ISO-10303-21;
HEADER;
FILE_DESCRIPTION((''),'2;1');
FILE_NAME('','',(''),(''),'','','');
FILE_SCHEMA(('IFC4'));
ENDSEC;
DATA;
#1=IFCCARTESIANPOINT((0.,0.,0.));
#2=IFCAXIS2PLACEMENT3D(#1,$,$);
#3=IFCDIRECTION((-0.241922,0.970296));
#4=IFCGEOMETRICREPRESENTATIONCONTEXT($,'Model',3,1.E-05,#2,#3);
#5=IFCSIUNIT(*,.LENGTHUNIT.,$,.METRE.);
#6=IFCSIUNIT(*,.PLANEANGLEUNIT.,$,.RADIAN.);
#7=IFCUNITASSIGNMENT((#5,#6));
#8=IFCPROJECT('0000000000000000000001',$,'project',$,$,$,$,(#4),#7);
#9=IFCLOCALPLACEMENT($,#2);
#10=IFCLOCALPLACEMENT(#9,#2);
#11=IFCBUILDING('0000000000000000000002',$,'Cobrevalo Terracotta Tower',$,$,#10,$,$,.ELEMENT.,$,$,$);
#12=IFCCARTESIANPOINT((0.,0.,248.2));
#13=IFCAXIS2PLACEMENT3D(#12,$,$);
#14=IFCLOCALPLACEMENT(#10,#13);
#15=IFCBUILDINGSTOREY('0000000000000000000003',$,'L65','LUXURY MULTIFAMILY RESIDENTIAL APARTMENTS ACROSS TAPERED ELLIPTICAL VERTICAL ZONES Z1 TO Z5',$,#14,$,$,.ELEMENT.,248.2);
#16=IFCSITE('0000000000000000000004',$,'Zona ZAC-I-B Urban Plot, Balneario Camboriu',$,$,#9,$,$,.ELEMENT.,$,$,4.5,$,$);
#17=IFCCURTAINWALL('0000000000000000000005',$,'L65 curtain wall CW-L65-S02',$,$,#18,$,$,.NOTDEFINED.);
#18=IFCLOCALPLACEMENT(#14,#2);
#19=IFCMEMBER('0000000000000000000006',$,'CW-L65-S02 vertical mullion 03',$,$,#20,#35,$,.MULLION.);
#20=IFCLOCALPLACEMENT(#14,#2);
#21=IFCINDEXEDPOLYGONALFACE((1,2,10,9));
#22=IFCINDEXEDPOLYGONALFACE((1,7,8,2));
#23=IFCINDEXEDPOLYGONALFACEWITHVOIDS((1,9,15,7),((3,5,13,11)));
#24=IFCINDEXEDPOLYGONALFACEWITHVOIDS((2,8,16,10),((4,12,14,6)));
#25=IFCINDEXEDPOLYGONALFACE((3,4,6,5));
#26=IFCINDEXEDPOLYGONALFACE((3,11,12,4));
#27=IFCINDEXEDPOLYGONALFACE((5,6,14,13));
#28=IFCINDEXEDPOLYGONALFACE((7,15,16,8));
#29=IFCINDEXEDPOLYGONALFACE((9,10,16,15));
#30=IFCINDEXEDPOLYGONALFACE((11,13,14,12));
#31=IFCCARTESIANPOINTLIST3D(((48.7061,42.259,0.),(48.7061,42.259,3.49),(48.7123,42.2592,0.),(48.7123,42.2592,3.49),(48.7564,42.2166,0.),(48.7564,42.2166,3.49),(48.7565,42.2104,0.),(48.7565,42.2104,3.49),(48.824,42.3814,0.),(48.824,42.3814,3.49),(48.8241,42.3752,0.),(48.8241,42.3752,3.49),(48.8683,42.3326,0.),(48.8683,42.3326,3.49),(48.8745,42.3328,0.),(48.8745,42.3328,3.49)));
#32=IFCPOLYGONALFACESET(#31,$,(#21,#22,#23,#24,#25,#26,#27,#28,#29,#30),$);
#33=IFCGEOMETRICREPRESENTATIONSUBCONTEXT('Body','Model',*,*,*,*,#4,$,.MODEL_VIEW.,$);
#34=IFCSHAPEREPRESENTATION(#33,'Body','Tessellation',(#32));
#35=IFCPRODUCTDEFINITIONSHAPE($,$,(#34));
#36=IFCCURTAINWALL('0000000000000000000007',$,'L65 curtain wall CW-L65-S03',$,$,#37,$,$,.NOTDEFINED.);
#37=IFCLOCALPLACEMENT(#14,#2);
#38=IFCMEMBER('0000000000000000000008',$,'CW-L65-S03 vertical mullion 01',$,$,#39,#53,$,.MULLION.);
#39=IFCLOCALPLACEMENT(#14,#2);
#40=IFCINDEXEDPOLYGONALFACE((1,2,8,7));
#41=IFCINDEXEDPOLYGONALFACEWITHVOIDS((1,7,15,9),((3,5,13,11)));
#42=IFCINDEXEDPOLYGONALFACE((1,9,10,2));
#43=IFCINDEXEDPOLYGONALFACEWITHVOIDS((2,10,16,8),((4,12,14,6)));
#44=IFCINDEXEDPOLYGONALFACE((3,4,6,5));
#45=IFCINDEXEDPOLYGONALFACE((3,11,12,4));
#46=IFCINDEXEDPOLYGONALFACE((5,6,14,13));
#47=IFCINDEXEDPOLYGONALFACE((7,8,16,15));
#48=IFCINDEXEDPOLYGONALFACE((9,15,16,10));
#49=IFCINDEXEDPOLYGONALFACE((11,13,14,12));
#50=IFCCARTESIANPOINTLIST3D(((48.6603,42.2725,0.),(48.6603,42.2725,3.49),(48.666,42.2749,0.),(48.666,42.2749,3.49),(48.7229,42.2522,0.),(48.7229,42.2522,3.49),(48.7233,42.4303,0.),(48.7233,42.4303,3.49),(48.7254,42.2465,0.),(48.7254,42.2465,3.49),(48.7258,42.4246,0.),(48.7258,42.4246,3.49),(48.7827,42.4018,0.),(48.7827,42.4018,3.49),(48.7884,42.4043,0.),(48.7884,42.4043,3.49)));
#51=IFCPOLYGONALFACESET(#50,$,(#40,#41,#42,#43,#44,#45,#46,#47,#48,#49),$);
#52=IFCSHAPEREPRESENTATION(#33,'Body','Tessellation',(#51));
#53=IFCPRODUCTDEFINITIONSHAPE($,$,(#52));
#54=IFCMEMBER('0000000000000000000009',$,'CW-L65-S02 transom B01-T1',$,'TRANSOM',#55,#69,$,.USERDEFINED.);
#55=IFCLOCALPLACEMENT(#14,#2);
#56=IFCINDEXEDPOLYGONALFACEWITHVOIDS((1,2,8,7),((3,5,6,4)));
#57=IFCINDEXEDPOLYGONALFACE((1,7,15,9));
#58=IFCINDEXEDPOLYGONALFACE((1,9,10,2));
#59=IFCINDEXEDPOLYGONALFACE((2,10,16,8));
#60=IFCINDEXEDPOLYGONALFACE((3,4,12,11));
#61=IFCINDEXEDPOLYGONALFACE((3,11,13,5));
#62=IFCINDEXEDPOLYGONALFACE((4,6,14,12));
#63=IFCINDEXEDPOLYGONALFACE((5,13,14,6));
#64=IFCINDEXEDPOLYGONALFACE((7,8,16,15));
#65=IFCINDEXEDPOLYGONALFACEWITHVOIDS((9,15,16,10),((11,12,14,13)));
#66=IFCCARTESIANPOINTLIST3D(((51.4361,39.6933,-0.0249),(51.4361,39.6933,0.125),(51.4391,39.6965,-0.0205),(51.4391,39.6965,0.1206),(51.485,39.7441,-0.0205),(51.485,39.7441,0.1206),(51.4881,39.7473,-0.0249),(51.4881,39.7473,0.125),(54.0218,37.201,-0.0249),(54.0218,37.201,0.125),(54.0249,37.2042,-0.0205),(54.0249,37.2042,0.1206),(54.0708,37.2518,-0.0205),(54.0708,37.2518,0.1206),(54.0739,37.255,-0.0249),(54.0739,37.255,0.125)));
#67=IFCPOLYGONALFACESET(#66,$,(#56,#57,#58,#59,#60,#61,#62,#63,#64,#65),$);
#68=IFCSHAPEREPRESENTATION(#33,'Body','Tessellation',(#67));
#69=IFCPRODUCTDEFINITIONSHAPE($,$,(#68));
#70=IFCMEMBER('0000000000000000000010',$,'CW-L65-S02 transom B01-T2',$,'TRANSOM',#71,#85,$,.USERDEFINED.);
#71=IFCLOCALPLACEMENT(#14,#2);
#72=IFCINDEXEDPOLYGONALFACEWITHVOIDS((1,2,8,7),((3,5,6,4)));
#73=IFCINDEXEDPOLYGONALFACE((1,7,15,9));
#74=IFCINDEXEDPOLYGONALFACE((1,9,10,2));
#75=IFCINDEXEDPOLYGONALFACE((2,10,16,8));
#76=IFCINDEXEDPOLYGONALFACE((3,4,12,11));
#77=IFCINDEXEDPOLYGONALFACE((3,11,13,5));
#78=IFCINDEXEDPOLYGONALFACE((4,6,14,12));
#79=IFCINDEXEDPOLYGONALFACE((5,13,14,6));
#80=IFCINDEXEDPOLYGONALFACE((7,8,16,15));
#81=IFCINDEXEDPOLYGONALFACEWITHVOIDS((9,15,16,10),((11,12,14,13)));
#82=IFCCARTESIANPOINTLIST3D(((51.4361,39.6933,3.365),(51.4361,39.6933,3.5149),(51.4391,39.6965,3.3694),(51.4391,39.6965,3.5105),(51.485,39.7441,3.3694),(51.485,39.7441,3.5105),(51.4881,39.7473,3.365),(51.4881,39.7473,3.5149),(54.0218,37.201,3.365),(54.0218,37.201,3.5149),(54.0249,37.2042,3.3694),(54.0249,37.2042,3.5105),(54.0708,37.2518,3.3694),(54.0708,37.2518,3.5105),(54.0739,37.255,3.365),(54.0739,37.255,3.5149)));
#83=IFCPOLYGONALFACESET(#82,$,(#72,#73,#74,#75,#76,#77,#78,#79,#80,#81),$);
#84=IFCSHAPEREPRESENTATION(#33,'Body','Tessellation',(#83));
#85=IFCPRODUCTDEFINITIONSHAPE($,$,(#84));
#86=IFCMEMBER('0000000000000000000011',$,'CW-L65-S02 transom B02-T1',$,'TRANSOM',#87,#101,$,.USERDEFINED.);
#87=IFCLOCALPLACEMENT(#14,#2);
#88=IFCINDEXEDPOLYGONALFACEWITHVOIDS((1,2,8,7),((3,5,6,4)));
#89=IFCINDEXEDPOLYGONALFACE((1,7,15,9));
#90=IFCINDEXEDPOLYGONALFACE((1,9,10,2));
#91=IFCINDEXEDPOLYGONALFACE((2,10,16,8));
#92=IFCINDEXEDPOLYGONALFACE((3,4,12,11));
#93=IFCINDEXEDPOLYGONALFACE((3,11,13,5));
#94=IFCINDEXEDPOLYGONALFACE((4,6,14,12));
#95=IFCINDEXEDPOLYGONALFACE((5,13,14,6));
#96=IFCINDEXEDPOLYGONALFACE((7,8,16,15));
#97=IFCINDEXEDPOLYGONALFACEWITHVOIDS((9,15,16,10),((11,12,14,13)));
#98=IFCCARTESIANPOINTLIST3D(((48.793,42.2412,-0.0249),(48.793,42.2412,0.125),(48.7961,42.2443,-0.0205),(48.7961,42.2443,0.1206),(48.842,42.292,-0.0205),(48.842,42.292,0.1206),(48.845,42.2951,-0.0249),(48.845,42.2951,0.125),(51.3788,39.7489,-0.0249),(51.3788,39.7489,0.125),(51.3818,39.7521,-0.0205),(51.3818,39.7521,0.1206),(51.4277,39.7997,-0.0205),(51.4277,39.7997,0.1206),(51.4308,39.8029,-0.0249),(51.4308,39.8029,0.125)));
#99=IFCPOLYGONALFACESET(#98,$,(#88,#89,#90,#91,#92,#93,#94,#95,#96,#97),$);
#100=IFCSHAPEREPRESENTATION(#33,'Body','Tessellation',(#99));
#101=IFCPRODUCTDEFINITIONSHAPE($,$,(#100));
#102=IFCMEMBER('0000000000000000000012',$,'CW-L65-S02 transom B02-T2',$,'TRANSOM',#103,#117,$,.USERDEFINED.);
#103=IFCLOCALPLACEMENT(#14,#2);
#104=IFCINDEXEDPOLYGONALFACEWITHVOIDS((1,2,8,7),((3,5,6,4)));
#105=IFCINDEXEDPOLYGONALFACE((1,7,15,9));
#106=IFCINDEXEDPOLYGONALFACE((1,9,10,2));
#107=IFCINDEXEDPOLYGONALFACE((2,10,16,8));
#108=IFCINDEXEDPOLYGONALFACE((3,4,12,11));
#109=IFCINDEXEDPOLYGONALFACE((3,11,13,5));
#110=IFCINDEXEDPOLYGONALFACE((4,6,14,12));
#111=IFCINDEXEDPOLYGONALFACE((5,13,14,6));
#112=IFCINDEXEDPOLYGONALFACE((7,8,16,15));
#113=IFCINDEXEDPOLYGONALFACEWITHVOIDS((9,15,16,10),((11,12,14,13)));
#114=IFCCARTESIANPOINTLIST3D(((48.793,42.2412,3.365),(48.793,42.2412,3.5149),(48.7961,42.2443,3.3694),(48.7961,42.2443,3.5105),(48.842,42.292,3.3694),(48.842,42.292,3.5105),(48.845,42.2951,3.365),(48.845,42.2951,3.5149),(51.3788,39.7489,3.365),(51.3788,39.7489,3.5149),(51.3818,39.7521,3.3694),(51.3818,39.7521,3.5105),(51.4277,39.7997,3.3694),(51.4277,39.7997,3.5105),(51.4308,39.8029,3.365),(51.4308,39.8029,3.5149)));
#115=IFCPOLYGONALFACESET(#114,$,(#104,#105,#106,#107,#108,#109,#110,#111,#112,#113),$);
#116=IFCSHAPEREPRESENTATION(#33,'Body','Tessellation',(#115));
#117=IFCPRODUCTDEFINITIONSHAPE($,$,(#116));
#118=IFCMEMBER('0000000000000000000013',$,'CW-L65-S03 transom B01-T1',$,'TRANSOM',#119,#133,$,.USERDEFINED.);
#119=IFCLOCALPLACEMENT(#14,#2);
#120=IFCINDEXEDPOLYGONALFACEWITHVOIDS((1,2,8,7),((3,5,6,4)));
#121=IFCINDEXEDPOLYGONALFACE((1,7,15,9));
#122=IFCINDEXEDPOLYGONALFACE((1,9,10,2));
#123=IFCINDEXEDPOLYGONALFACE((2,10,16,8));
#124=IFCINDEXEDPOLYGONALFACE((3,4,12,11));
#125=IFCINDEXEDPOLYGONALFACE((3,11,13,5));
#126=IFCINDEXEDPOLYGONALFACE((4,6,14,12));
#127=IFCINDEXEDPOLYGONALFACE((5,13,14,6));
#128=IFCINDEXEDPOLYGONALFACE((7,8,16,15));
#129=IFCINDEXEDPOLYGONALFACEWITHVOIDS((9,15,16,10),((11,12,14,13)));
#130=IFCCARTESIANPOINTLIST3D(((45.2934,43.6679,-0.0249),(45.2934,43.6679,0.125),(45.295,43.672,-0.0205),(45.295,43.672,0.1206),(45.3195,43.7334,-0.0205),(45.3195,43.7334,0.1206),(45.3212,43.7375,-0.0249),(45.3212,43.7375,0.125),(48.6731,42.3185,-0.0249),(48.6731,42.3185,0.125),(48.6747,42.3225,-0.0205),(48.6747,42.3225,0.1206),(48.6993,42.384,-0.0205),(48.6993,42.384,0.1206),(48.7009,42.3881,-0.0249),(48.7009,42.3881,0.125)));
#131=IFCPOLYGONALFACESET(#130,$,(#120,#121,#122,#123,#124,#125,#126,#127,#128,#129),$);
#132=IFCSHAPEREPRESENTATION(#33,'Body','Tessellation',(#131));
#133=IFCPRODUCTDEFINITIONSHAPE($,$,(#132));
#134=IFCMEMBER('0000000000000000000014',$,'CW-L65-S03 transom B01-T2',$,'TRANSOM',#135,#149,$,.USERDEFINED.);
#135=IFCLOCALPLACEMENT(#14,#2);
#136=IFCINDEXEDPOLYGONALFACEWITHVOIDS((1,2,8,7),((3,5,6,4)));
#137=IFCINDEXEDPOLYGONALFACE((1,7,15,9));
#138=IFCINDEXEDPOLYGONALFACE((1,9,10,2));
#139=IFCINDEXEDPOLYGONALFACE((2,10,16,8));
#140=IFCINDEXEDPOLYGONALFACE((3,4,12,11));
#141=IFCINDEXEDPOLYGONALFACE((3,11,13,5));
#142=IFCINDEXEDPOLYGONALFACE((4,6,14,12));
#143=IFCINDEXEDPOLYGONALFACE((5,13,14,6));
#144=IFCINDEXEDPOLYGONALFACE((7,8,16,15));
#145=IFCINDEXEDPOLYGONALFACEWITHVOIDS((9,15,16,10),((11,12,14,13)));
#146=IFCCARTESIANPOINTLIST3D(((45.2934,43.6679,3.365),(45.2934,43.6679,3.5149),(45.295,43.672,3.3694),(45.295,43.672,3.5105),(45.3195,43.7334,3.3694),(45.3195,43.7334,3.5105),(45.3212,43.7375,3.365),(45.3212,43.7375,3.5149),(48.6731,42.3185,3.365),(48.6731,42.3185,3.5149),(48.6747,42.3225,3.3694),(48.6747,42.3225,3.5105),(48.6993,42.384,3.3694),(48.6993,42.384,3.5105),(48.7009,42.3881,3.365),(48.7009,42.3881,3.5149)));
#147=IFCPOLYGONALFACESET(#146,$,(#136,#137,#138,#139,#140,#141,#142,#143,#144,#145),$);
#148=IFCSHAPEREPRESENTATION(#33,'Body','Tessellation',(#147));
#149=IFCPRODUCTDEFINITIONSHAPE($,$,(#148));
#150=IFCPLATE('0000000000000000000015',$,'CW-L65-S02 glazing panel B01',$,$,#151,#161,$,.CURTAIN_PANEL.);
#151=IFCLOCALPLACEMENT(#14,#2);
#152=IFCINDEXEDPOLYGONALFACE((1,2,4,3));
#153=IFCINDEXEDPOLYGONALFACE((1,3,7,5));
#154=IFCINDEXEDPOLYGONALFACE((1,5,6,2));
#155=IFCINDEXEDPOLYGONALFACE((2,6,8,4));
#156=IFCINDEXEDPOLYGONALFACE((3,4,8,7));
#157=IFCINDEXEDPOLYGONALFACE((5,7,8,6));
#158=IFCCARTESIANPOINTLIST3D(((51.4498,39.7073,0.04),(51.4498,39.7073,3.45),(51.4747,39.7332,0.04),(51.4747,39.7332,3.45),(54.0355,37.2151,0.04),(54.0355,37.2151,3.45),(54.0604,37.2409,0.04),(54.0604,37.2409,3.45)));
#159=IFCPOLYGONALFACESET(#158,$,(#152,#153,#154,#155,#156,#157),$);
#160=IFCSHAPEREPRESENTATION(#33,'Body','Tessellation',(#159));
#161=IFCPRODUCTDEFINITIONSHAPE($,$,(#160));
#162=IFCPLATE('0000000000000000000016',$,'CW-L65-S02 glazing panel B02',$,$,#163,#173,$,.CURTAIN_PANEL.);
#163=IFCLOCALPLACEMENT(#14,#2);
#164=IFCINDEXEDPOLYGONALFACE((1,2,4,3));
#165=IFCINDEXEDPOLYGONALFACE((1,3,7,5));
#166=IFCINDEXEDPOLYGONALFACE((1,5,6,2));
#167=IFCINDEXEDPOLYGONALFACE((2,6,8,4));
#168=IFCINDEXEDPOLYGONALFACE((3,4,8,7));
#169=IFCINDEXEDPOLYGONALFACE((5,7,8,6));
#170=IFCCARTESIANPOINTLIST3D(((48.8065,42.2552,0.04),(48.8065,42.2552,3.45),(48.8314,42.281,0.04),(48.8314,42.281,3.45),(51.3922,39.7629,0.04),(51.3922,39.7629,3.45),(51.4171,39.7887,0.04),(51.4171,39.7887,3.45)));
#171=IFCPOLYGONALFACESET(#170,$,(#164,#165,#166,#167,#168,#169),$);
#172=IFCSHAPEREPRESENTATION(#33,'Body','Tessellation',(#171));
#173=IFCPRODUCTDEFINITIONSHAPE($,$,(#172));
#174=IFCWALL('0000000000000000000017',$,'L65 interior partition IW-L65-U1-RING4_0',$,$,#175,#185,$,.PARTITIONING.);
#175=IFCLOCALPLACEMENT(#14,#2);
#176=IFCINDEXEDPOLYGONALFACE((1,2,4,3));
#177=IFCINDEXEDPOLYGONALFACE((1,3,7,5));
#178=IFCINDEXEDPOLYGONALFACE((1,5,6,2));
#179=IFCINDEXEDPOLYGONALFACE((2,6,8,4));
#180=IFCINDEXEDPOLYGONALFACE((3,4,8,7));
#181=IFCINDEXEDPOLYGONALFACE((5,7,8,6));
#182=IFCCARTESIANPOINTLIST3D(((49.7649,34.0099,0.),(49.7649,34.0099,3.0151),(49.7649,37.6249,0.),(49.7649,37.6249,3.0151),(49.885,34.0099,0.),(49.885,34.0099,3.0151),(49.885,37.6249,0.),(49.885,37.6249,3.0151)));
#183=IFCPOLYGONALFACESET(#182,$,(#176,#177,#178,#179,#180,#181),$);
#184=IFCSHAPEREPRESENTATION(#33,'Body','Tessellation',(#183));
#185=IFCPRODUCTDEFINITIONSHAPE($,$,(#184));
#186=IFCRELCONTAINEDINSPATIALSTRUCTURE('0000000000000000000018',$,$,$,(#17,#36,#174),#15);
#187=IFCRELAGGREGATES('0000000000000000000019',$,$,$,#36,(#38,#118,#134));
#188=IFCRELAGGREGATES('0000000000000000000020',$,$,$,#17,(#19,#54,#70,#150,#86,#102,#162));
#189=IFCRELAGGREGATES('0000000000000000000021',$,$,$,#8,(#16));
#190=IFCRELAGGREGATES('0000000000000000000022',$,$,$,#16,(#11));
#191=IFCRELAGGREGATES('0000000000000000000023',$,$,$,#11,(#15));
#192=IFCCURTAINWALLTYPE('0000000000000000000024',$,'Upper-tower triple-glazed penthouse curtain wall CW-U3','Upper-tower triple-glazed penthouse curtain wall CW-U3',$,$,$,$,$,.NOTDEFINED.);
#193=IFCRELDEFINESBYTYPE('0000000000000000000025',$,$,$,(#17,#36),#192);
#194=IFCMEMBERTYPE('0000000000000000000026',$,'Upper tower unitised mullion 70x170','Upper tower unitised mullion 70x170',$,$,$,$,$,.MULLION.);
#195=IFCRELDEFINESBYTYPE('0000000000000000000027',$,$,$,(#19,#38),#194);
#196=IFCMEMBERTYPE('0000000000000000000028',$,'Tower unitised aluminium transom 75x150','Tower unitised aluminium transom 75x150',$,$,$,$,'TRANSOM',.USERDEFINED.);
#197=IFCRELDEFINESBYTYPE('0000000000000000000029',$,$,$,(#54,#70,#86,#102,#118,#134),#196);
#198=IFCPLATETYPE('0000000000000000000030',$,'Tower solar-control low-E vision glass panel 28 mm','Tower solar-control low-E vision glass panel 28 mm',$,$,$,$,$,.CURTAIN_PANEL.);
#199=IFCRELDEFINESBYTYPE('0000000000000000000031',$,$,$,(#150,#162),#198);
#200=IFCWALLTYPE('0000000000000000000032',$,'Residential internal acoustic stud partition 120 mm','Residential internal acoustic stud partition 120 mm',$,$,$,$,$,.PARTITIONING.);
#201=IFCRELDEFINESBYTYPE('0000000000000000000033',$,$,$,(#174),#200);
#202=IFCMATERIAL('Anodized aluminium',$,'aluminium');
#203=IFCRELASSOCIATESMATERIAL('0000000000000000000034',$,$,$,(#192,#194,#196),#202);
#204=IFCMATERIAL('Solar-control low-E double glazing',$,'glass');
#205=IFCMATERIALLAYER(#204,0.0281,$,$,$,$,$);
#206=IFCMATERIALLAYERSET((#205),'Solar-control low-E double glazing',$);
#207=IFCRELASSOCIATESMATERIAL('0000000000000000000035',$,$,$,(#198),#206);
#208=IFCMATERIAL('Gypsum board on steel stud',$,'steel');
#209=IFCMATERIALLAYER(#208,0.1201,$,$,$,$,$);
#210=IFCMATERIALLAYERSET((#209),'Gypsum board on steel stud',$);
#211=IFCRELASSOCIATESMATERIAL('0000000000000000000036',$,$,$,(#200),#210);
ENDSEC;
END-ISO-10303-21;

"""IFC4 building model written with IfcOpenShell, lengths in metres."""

from ifc_helpers import new_model, si_unit, direction, frame, frame_2d, origin, origin_2d, place, context, subcontext, project, spatial, rectangle, hollow_rectangle, extrude, source, transform, mapped, material, layer, layer_set, material_profile, profile_set, type_object, element, aggregate, save


model = new_model("IFC4")

# Units and contexts
model_context = context("Model", 3, precision=1e-05, world=origin(), true_north=direction((-0.241922, 0.970296)))
body_context = subcontext(model_context, "Body", "Model", "MODEL_VIEW")
ifc_project = project(units=[si_unit("LENGTHUNIT", "METRE"), si_unit("PLANEANGLEUNIT", "RADIAN")], contexts=[model_context])

# Site, building, storey
site_placement = place(None, origin())
site = spatial("IfcSite", under=ifc_project, at=site_placement, Name="Zona ZAC-I-B Urban Plot, Balneario Camboriu", CompositionType="ELEMENT", RefElevation=4.5)
building_placement = place(site_placement, origin())
building = spatial("IfcBuilding", under=site, at=building_placement, Name="Cobrevalo Terracotta Tower", CompositionType="ELEMENT")
storey_placement = place(building_placement, frame((0.0, 0.0, 248.2)))
storey = spatial("IfcBuildingStorey", under=building, at=storey_placement, Name="L65", Description="LUXURY MULTIFAMILY RESIDENTIAL APARTMENTS ACROSS TAPERED ELLIPTICAL VERTICAL ZONES Z1 TO Z5", CompositionType="ELEMENT", Elevation=248.2)

# Curtain wall, member
ifc_material_1 = material(Name="Anodized aluminium", Category="aluminium")
curtain_wall_type = type_object("IfcCurtainWallType", Name="Upper-tower triple-glazed penthouse curtain wall CW-U3", Description="Upper-tower triple-glazed penthouse curtain wall CW-U3", PredefinedType="NOTDEFINED", material=ifc_material_1)
curtain_wall_1_placement = place(storey_placement, origin())
curtain_wall_1 = element("IfcCurtainWall", 1, at=curtain_wall_1_placement, inside=storey, type_object=curtain_wall_type, Name="L65 curtain wall CW-L65-S02", PredefinedType="NOTDEFINED")
ifc_material_profile_1 = material_profile(ifc_material_1, hollow_rectangle(XDim=0.0701, YDim=0.1699, WallThickness=0.0044, at=origin_2d()), Name="CWM 70x170")
ifc_profile_set_1 = profile_set([ifc_material_profile_1], Name="Anodized aluminium")
member_type_1 = type_object("IfcMemberType", Name="Upper tower unitised mullion 70x170", Description="Upper tower unitised mullion 70x170", PredefinedType="MULLION", material=ifc_profile_set_1)
shared_shape_1 = source(origin(), body_context, "Body", "SweptSolid", [
    extrude(hollow_rectangle(XDim=0.0701, YDim=0.1699, WallThickness=0.0044, at=origin_2d()), origin(), (0.0, 0.0, 1.0), 3.49),
])
member_1_placement = place(storey_placement, frame((48.7903, 42.2959, 0.0), z_axis=(0.0, 0.0, 1.0), x_axis=(-0.719994, 0.69398, 0.0)))
member_1 = element("IfcMember", 2, at=member_1_placement, type_object=member_type_1, Name="CW-L65-S02 vertical mullion 03", PredefinedType="MULLION", context=body_context, shape_type="MappedRepresentation", body=[
    mapped(shared_shape_1, transform((0.0, 0.0, 0.0), scale=1.0)),
])

# Curtain wall, member
curtain_wall_2_placement = place(storey_placement, origin())
curtain_wall_2 = element("IfcCurtainWall", 3, at=curtain_wall_2_placement, inside=storey, type_object=curtain_wall_type, Name="L65 curtain wall CW-L65-S03", PredefinedType="NOTDEFINED")
member_2_placement = place(storey_placement, frame((48.7244, 42.3384, 0.0), z_axis=(0.0, 0.0, 1.0), x_axis=(-0.928719, 0.370784, 0.0)))
member_2 = element("IfcMember", 4, at=member_2_placement, type_object=member_type_1, Name="CW-L65-S03 vertical mullion 01", PredefinedType="MULLION", context=body_context, shape_type="MappedRepresentation", body=[
    mapped(shared_shape_1, transform((0.0, 0.0, 0.0), scale=1.0)),
])

# Members
ifc_material_profile_2 = material_profile(ifc_material_1, hollow_rectangle(XDim=0.075, YDim=0.1499, WallThickness=0.0044, at=origin_2d()), Name="CWT 75x150")
ifc_profile_set_2 = profile_set([ifc_material_profile_2], Name="Anodized aluminium")
member_type_2 = type_object("IfcMemberType", Name="Tower unitised aluminium transom 75x150", Description="Tower unitised aluminium transom 75x150", ElementType="TRANSOM", PredefinedType="USERDEFINED", material=ifc_profile_set_2)
shared_shape_2 = source(origin(), body_context, "Body", "SweptSolid", [
    extrude(hollow_rectangle(XDim=0.075, YDim=0.1499, WallThickness=0.0044, at=origin_2d()), origin(), (0.0, 0.0, 1.0), 3.5913),
])
member_3_placement = place(storey_placement, frame((54.0479, 37.228, 0.05), z_axis=(-0.720006, 0.693968, 0.0), x_axis=(-0.693968, -0.720006, 0.0)))
member_3 = element("IfcMember", 5, at=member_3_placement, type_object=member_type_2, Name="CW-L65-S02 transom B01-T1", ObjectType="TRANSOM", PredefinedType="USERDEFINED", context=body_context, shape_type="MappedRepresentation", body=[
    mapped(shared_shape_2, transform((0.0, 0.0, 0.0), scale=1.0)),
])
member_4_placement = place(storey_placement, frame((54.0479, 37.228, 3.4399), z_axis=(-0.720006, 0.693968, 0.0), x_axis=(-0.693968, -0.720006, 0.0)))
member_4 = element("IfcMember", 6, at=member_4_placement, type_object=member_type_2, Name="CW-L65-S02 transom B01-T2", ObjectType="TRANSOM", PredefinedType="USERDEFINED", context=body_context, shape_type="MappedRepresentation", body=[
    mapped(shared_shape_2, transform((0.0, 0.0, 0.0), scale=1.0)),
])
member_5_placement = place(storey_placement, frame((51.4048, 39.7759, 0.05), z_axis=(-0.720006, 0.693968, 0.0), x_axis=(-0.693968, -0.720006, 0.0)))
member_5 = element("IfcMember", 7, at=member_5_placement, type_object=member_type_2, Name="CW-L65-S02 transom B02-T1", ObjectType="TRANSOM", PredefinedType="USERDEFINED", context=body_context, shape_type="MappedRepresentation", body=[
    mapped(shared_shape_2, transform((0.0, 0.0, 0.0), scale=1.0)),
])
member_6_placement = place(storey_placement, frame((51.4048, 39.7759, 3.4399), z_axis=(-0.720006, 0.693968, 0.0), x_axis=(-0.693968, -0.720006, 0.0)))
member_6 = element("IfcMember", 8, at=member_6_placement, type_object=member_type_2, Name="CW-L65-S02 transom B02-T2", ObjectType="TRANSOM", PredefinedType="USERDEFINED", context=body_context, shape_type="MappedRepresentation", body=[
    mapped(shared_shape_2, transform((0.0, 0.0, 0.0), scale=1.0)),
])
shared_shape_3 = source(origin(), body_context, "Body", "SweptSolid", [
    extrude(hollow_rectangle(XDim=0.075, YDim=0.1499, WallThickness=0.0044, at=origin_2d()), origin(), (0.0, 0.0, 1.0), 3.6392),
])
member_7_placement = place(storey_placement, frame((48.687, 42.3533, 0.05), z_axis=(-0.928712, 0.370801, 0.0), x_axis=(-0.370801, -0.928712, 0.0)))
member_7 = element("IfcMember", 9, at=member_7_placement, type_object=member_type_2, Name="CW-L65-S03 transom B01-T1", ObjectType="TRANSOM", PredefinedType="USERDEFINED", context=body_context, shape_type="MappedRepresentation", body=[
    mapped(shared_shape_3, transform((0.0, 0.0, 0.0), scale=1.0)),
])
member_8_placement = place(storey_placement, frame((48.687, 42.3533, 3.4399), z_axis=(-0.928712, 0.370801, 0.0), x_axis=(-0.370801, -0.928712, 0.0)))
member_8 = element("IfcMember", 10, at=member_8_placement, type_object=member_type_2, Name="CW-L65-S03 transom B01-T2", ObjectType="TRANSOM", PredefinedType="USERDEFINED", context=body_context, shape_type="MappedRepresentation", body=[
    mapped(shared_shape_3, transform((0.0, 0.0, 0.0), scale=1.0)),
])
aggregate(curtain_wall_2, [member_2, member_7, member_8])

# Plates
ifc_material_2 = material(Name="Solar-control low-E double glazing", Category="glass")
ifc_layer_1 = layer(ifc_material_2, 0.0281)
ifc_layer_set_1 = layer_set([ifc_layer_1], Name="Solar-control low-E double glazing")
plate_type = type_object("IfcPlateType", Name="Tower solar-control low-E vision glass panel 28 mm", Description="Tower solar-control low-E vision glass panel 28 mm", PredefinedType="CURTAIN_PANEL", material=ifc_layer_set_1)
shared_shape_4 = source(origin(), body_context, "Body", "SweptSolid", [
    extrude(rectangle(XDim=3.5913, YDim=0.0359, at=origin_2d()), origin(), (0.0, 0.0, 1.0), 3.4099),
])
plate_1_placement = place(storey_placement, frame((52.7551, 38.4741, 0.04), z_axis=(0.0, 0.0, 1.0), x_axis=(-0.719997, 0.693978, 0.0)))
plate_1 = element("IfcPlate", 11, at=plate_1_placement, type_object=plate_type, Name="CW-L65-S02 glazing panel B01", PredefinedType="CURTAIN_PANEL", context=body_context, shape_type="MappedRepresentation", body=[
    mapped(shared_shape_4, transform((0.0, 0.0, 0.0), scale=1.0)),
])
plate_2_placement = place(storey_placement, frame((50.1118, 41.022, 0.04), z_axis=(0.0, 0.0, 1.0), x_axis=(-0.719997, 0.693978, 0.0)))
plate_2 = element("IfcPlate", 12, at=plate_2_placement, type_object=plate_type, Name="CW-L65-S02 glazing panel B02", PredefinedType="CURTAIN_PANEL", context=body_context, shape_type="MappedRepresentation", body=[
    mapped(shared_shape_4, transform((0.0, 0.0, 0.0), scale=1.0)),
])
aggregate(curtain_wall_1, [member_1, member_3, member_4, plate_1, member_5, member_6, plate_2])

# Wall
ifc_material_3 = material(Name="Gypsum board on steel stud", Category="steel")
ifc_layer_2 = layer(ifc_material_3, 0.1201)
ifc_layer_set_2 = layer_set([ifc_layer_2], Name="Gypsum board on steel stud")
wall_type = type_object("IfcWallType", Name="Residential internal acoustic stud partition 120 mm", Description="Residential internal acoustic stud partition 120 mm", PredefinedType="PARTITIONING", material=ifc_layer_set_2)
wall_1_placement = place(storey_placement, frame((49.825, 37.625, 0.0), z_axis=(0.0, 0.0, 1.0), x_axis=(0.0, -1.0, 0.0)))
element("IfcWall", 13, at=wall_1_placement, inside=storey, type_object=wall_type, Name="L65 interior partition IW-L65-U1-RING4_0", PredefinedType="PARTITIONING", context=body_context, shape_type="SweptSolid", body=[
    extrude(rectangle(XDim=3.615, YDim=0.1201, at=frame_2d((1.8076, 0.0))), origin(), (0.0, 0.0, 1.0), 3.0151),
])

save(model, "model.ifc")
